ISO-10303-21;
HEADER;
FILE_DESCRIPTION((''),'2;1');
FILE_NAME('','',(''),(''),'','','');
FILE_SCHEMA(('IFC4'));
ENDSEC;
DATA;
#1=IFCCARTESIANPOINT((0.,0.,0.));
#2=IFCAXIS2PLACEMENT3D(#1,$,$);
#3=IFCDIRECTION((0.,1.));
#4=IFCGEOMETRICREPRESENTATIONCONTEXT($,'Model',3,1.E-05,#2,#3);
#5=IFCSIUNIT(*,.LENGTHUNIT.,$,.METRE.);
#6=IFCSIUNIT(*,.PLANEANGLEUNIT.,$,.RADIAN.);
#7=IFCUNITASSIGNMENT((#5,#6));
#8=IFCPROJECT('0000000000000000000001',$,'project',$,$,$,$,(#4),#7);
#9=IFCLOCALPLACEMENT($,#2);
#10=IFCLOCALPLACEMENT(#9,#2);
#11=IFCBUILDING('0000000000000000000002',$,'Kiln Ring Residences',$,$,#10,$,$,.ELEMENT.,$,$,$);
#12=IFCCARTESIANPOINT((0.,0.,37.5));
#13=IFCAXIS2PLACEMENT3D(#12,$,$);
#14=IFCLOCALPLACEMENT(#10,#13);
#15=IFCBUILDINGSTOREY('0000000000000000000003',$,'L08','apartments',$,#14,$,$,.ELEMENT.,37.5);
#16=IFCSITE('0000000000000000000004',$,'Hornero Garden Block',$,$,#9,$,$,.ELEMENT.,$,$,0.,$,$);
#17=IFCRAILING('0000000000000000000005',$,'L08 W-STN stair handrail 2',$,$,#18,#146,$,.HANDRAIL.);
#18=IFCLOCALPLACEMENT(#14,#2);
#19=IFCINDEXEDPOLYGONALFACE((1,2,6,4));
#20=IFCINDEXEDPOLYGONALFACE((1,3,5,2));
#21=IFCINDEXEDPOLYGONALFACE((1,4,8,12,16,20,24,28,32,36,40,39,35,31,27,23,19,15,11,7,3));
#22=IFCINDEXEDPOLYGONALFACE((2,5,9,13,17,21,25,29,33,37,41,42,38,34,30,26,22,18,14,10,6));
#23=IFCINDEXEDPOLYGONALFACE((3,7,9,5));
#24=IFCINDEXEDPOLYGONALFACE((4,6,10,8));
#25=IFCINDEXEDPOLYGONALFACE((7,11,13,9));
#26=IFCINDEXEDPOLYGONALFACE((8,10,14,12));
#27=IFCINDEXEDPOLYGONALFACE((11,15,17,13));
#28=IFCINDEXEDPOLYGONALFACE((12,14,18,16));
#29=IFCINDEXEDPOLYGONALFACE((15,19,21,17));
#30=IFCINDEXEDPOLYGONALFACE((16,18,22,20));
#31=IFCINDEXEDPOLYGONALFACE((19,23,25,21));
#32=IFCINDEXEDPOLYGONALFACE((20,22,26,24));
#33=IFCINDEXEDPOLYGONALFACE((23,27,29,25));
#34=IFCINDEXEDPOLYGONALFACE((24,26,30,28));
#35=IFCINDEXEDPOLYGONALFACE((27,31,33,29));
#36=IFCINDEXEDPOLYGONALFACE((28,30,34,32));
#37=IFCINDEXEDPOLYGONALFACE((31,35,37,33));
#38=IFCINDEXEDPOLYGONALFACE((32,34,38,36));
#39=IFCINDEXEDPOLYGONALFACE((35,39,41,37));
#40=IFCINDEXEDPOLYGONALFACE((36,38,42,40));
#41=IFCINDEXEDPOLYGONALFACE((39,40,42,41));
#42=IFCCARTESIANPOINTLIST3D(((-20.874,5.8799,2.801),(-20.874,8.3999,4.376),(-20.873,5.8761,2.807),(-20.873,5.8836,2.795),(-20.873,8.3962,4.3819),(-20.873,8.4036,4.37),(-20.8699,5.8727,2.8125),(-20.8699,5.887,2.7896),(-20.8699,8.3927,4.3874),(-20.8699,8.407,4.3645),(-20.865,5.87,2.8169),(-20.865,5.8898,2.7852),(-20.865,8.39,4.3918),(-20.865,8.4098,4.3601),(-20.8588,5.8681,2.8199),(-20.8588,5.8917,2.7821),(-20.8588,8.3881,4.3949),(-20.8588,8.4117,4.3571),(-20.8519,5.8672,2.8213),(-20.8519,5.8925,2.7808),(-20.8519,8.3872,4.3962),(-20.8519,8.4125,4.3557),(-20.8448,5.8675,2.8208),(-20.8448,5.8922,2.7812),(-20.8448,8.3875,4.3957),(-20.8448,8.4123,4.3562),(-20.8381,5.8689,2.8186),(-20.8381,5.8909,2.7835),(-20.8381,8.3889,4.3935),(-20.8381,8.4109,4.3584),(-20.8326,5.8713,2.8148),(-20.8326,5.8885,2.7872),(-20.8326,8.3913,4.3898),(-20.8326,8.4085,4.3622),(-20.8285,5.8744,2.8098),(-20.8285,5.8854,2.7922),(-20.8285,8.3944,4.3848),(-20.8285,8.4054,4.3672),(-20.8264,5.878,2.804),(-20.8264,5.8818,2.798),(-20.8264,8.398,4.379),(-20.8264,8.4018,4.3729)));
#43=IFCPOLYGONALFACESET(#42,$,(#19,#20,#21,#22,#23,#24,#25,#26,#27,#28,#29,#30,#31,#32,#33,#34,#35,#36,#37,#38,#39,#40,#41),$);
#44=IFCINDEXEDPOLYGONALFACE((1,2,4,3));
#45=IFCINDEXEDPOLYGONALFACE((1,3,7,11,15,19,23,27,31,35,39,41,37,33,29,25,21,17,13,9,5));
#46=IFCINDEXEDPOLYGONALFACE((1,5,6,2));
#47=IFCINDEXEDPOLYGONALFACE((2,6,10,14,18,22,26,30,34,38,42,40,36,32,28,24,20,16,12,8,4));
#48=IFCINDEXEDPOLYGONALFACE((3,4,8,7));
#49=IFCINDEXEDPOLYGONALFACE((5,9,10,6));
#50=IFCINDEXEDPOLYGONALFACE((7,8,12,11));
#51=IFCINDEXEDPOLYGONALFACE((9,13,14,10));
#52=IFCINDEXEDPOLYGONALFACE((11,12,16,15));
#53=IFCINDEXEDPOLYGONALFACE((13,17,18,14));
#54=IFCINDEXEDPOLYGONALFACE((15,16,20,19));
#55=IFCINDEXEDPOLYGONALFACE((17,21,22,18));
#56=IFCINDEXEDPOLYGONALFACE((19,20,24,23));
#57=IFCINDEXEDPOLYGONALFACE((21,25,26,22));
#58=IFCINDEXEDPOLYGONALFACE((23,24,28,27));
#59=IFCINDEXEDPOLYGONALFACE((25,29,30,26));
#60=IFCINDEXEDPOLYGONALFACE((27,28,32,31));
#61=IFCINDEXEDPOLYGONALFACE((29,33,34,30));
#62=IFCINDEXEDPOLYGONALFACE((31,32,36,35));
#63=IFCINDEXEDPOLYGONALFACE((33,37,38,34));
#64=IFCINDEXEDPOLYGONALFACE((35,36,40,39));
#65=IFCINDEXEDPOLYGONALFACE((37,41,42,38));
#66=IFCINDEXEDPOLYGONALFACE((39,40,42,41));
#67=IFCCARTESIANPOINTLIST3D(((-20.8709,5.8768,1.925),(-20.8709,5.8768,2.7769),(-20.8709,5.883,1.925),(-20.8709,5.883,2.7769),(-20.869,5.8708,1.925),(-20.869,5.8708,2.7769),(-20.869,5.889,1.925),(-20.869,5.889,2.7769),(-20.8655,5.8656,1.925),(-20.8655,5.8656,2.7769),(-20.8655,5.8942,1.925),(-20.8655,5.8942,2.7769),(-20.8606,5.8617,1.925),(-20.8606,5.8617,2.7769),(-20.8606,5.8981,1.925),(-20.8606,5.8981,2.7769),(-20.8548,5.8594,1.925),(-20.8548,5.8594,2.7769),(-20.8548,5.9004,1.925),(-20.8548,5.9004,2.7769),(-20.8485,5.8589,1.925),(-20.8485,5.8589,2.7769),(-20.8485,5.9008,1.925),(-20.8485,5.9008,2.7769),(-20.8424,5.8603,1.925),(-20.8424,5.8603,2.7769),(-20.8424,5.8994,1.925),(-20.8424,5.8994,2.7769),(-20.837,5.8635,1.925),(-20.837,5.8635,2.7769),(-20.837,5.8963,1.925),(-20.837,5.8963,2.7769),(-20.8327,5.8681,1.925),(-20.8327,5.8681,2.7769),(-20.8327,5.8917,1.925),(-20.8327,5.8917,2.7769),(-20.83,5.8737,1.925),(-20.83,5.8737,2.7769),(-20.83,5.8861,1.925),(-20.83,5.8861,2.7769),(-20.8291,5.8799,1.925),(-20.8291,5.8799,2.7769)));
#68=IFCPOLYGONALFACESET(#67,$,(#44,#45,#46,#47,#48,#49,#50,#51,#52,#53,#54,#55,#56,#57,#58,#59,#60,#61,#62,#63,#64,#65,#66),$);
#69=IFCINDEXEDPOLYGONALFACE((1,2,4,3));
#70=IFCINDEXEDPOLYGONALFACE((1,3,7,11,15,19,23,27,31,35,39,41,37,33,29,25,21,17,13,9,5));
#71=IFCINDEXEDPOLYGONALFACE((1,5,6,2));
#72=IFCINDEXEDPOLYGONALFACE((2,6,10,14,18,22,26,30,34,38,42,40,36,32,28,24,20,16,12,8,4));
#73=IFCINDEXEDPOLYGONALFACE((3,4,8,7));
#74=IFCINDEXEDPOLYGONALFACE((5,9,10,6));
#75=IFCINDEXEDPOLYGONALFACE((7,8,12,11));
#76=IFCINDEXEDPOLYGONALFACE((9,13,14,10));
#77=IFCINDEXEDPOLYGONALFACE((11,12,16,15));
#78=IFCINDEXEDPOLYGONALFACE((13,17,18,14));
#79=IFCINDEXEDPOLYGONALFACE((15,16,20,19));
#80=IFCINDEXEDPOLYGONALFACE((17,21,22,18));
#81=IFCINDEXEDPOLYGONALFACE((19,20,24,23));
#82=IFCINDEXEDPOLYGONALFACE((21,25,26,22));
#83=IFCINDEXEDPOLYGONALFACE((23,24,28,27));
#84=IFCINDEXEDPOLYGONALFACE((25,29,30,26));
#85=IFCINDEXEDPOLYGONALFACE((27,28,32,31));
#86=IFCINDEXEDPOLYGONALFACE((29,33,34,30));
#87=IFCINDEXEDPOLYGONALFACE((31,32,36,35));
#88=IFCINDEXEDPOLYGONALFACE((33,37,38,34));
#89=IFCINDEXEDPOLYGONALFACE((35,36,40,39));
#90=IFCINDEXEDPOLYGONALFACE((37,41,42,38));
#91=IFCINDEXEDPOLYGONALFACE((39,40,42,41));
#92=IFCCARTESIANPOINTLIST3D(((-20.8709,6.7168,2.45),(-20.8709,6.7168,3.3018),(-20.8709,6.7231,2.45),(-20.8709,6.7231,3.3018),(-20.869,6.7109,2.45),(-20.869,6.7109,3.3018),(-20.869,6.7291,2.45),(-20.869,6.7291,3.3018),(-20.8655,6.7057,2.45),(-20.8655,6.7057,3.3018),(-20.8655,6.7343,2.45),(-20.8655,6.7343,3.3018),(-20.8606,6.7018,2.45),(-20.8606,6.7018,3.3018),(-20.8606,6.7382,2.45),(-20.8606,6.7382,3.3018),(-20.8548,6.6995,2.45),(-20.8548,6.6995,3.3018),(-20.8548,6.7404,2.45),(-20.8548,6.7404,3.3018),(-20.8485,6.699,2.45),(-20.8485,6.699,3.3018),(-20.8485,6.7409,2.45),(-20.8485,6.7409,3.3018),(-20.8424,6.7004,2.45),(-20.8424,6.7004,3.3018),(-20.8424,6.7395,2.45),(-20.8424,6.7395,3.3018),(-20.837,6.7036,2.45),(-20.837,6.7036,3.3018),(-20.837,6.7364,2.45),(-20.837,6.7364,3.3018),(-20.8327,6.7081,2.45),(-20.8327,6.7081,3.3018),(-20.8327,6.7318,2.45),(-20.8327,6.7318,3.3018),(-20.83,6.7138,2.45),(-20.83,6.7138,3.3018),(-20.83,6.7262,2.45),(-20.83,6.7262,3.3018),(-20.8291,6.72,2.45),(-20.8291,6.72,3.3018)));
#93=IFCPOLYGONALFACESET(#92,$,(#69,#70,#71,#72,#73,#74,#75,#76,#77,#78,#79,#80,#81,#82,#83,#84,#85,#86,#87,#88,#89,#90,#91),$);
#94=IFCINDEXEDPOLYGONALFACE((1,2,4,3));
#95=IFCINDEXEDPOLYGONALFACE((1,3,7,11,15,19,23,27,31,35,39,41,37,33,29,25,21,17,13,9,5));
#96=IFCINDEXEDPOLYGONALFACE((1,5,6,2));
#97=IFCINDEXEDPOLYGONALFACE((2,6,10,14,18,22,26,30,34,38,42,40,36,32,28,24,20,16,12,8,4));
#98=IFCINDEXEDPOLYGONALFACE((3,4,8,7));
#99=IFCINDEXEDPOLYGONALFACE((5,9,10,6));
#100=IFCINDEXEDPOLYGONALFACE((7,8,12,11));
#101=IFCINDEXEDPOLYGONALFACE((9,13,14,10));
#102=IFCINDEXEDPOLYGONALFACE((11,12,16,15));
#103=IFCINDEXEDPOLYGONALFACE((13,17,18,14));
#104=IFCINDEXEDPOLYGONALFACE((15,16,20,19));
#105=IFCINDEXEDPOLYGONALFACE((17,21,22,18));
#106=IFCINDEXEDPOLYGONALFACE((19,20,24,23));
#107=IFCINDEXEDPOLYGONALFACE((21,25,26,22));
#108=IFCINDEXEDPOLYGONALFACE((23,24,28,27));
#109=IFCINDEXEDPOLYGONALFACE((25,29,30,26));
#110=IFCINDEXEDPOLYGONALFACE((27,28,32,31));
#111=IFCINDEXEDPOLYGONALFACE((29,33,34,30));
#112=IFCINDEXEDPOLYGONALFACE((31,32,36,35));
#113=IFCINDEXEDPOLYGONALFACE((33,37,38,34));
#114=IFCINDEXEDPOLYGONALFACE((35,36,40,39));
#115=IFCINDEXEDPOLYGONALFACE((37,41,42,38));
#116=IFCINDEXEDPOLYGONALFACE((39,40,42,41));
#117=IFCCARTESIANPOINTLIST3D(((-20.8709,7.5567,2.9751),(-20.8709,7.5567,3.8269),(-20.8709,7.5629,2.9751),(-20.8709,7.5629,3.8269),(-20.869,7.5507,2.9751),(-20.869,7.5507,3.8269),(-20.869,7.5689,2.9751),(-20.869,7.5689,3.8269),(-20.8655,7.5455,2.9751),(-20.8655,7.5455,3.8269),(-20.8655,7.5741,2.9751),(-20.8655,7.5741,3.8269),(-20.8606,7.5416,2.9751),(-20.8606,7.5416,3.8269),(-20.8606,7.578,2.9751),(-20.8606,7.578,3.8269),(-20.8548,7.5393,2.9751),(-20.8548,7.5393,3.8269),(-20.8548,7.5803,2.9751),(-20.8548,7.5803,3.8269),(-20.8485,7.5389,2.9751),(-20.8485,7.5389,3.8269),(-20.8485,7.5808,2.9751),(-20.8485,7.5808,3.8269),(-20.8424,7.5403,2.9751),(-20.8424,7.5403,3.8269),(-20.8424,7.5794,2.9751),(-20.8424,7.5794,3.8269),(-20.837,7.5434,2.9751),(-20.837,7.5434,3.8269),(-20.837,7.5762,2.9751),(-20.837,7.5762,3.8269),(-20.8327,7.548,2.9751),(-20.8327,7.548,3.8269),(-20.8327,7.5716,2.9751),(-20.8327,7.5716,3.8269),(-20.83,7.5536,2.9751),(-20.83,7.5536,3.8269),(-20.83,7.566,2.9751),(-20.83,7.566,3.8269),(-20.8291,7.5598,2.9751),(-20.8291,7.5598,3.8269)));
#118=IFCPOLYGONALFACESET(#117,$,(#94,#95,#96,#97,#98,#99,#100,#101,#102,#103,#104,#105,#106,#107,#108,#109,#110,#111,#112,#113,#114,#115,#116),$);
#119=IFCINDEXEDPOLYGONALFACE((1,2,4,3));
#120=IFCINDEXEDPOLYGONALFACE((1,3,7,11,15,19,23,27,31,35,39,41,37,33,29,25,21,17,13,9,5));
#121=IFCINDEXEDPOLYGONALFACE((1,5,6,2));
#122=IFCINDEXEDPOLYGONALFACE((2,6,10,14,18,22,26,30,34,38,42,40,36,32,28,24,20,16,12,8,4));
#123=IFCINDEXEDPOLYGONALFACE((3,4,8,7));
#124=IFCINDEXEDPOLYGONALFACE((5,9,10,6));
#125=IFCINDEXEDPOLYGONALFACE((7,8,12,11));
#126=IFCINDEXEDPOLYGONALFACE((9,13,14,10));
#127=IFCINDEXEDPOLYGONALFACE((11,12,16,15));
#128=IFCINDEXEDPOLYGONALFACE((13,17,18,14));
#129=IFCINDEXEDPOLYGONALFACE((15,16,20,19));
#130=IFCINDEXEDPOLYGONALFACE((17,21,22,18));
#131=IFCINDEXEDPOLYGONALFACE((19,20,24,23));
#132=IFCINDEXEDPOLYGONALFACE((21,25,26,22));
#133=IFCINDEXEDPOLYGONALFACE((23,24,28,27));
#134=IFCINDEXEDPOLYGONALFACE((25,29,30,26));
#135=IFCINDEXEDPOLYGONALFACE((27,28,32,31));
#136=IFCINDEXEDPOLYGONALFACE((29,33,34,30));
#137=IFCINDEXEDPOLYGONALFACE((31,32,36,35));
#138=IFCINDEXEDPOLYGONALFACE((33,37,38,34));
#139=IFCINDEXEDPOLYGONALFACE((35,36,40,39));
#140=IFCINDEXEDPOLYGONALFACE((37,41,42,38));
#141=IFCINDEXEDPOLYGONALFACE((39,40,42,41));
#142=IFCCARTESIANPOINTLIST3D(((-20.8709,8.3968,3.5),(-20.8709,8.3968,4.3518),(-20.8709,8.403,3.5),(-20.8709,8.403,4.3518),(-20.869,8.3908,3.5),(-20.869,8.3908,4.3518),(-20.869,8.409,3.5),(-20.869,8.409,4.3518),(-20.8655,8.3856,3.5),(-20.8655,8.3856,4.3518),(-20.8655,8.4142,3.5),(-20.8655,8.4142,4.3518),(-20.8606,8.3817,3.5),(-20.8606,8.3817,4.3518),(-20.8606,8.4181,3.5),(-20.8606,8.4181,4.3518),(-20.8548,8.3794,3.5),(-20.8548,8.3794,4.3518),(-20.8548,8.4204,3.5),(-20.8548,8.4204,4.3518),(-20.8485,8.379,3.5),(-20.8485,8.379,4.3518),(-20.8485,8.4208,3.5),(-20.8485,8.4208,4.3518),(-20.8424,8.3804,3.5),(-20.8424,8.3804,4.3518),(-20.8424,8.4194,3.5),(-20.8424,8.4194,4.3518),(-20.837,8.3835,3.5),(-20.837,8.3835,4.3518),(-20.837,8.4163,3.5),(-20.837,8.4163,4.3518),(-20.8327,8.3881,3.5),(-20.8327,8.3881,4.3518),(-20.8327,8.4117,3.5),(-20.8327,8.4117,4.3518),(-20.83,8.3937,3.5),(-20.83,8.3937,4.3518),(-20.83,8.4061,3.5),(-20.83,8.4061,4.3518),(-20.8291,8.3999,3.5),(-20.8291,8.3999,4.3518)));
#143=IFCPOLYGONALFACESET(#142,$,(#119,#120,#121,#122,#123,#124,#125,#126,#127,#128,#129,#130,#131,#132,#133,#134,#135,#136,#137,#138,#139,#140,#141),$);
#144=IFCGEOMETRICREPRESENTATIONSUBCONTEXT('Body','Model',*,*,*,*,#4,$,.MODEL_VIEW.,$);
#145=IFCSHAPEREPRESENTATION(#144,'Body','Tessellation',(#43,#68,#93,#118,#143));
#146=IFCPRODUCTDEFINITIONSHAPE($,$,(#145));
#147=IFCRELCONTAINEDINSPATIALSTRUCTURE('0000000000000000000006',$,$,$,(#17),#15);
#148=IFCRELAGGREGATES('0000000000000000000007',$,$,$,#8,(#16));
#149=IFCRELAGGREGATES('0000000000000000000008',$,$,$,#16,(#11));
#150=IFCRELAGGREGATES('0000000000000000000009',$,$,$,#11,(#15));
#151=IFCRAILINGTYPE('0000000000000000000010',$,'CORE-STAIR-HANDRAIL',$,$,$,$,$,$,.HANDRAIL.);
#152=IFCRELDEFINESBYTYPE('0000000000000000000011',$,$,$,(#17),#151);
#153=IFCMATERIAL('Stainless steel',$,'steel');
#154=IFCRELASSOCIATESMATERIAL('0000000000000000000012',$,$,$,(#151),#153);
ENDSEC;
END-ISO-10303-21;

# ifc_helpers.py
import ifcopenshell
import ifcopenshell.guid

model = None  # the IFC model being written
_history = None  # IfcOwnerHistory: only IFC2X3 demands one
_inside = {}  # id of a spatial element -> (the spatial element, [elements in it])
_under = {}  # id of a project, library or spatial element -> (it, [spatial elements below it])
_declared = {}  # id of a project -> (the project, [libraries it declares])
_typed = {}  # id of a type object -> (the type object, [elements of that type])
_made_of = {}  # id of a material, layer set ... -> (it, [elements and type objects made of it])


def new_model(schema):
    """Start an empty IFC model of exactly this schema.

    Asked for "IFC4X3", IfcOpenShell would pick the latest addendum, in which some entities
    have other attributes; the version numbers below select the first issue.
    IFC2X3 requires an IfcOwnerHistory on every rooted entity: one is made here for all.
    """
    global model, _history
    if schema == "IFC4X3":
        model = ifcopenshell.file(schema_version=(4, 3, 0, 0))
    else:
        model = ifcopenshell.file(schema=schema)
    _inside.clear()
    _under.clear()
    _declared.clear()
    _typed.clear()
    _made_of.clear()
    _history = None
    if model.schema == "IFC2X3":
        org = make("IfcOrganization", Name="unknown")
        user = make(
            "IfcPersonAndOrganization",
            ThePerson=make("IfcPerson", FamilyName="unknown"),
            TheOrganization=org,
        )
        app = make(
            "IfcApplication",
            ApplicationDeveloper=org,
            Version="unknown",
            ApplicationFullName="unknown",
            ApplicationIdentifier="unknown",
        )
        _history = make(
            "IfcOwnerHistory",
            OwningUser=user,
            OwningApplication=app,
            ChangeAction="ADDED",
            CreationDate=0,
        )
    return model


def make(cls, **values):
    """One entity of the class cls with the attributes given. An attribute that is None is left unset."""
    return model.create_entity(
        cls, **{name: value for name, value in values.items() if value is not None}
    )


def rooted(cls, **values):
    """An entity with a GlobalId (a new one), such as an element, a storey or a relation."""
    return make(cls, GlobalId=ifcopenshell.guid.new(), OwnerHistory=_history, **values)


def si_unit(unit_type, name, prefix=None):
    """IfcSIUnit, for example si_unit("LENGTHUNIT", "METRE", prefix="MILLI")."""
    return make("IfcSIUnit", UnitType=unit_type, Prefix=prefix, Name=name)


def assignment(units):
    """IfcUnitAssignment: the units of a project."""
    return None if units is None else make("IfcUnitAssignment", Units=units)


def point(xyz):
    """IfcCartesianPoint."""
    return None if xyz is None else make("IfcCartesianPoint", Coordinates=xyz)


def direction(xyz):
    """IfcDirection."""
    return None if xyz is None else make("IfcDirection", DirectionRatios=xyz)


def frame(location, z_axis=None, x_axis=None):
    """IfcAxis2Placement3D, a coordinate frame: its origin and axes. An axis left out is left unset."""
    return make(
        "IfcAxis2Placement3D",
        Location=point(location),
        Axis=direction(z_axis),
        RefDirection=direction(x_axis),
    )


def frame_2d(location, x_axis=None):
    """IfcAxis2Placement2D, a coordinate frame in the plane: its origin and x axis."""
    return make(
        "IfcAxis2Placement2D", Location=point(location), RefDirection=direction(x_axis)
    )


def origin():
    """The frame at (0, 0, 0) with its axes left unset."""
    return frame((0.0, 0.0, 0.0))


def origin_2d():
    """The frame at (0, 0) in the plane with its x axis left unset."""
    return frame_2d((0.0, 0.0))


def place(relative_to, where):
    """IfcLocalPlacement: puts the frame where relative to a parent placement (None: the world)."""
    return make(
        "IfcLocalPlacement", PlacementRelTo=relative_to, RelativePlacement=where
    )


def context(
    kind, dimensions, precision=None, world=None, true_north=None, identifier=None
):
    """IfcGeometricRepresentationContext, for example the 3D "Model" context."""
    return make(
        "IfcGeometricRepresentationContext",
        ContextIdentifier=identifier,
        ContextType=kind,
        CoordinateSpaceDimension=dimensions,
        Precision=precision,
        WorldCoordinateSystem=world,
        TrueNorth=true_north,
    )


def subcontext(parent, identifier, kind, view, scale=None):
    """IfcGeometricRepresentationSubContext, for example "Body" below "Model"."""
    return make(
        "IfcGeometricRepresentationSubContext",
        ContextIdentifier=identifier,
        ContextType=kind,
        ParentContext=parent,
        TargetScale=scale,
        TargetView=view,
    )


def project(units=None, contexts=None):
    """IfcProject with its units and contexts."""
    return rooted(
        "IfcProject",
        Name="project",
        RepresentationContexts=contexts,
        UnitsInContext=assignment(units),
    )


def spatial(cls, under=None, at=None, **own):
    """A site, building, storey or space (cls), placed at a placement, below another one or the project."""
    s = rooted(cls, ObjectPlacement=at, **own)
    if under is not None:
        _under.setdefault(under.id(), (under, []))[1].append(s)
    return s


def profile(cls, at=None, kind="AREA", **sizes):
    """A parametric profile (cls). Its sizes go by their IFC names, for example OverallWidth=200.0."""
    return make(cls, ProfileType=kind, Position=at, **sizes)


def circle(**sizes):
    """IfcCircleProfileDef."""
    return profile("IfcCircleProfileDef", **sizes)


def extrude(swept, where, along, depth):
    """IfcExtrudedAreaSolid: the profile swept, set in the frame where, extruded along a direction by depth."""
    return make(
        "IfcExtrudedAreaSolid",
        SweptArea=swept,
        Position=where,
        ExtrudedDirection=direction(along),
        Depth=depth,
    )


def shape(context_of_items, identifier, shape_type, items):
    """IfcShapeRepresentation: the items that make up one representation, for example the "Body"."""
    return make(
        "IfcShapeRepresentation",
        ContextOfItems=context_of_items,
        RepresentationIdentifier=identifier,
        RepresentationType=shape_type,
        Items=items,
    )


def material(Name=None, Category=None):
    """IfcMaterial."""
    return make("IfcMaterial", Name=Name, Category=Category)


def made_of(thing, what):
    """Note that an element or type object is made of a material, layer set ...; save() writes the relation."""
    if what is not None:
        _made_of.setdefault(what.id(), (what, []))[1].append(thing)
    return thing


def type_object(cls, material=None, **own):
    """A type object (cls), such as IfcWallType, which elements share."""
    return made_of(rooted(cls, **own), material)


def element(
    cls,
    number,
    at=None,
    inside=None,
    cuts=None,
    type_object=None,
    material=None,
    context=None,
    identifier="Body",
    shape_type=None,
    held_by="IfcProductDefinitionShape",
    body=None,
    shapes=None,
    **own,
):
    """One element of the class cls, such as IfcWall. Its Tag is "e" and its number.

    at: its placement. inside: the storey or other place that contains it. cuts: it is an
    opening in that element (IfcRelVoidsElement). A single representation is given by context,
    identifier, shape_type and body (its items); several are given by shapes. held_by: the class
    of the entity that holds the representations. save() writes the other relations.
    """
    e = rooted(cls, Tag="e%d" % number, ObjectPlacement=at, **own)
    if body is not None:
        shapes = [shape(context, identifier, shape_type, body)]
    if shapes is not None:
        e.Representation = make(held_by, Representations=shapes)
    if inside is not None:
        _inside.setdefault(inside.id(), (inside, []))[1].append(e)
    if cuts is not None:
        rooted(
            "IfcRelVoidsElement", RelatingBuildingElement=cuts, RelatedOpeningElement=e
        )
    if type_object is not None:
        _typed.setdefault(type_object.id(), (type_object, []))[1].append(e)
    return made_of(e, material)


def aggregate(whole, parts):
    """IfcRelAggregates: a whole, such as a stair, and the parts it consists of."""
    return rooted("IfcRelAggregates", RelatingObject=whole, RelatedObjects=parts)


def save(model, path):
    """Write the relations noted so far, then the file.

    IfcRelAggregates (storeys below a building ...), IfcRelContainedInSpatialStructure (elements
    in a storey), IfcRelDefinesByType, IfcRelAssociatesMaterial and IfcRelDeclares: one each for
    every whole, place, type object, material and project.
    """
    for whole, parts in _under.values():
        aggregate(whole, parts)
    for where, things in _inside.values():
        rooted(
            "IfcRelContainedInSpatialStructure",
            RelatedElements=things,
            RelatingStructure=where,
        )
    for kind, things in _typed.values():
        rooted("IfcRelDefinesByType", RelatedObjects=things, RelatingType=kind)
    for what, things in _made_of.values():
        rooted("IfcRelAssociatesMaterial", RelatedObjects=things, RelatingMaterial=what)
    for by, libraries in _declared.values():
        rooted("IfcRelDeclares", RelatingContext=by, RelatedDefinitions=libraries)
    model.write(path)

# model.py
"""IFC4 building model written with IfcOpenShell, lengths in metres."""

from ifc_helpers import new_model, si_unit, direction, frame, origin, origin_2d, place, context, subcontext, project, spatial, circle, extrude, material, type_object, element, save


model = new_model("IFC4")

# Units and contexts
model_context = context("Model", 3, precision=1e-05, world=origin(), true_north=direction((0.0, 1.0)))
body_context = subcontext(model_context, "Body", "Model", "MODEL_VIEW")
ifc_project = project(units=[si_unit("LENGTHUNIT", "METRE"), si_unit("PLANEANGLEUNIT", "RADIAN")], contexts=[model_context])

# Site, building, storey
site_placement = place(None, origin())
site = spatial("IfcSite", under=ifc_project, at=site_placement, Name="Hornero Garden Block", CompositionType="ELEMENT", RefElevation=0.0)
building_placement = place(site_placement, origin())
building = spatial("IfcBuilding", under=site, at=building_placement, Name="Kiln Ring Residences", CompositionType="ELEMENT")
storey_placement = place(building_placement, frame((0.0, 0.0, 37.5)))
storey = spatial("IfcBuildingStorey", under=building, at=storey_placement, Name="L08", Description="apartments", CompositionType="ELEMENT", Elevation=37.5)

# Railing
ifc_material_1 = material(Name="Stainless steel", Category="steel")
railing_type_1 = type_object("IfcRailingType", Name="CORE-STAIR-HANDRAIL", PredefinedType="HANDRAIL", material=ifc_material_1)
railing_1_placement = place(storey_placement, frame((-20.8501, 5.8799, 1.925)))
element("IfcRailing", 1, at=railing_1_placement, inside=storey, type_object=railing_type_1, Name="L08 W-STN stair handrail 2", PredefinedType="HANDRAIL", context=body_context, shape_type="SweptSolid", body=[
    extrude(circle(Radius=0.0239, at=origin_2d()), frame((0.0, 0.0, 0.876), z_axis=(0.0, 0.848008, 0.529984), x_axis=(-1.0, 0.0, 0.0)), (0.0, 0.0, 1.0), 2.9717),
    extrude(circle(Radius=0.021, at=origin_2d()), origin(), (0.0, 0.0, 1.0), 0.8518),
    extrude(circle(Radius=0.021, at=origin_2d()), frame((0.0, 0.8401, 0.5249)), (0.0, 0.0, 1.0), 0.8518),
    extrude(circle(Radius=0.021, at=origin_2d()), frame((0.0, 1.6799, 1.05)), (0.0, 0.0, 1.0), 0.8518),
    extrude(circle(Radius=0.021, at=origin_2d()), frame((0.0, 2.52, 1.575)), (0.0, 0.0, 1.0), 0.8518),
])

save(model, "model.ifc")
